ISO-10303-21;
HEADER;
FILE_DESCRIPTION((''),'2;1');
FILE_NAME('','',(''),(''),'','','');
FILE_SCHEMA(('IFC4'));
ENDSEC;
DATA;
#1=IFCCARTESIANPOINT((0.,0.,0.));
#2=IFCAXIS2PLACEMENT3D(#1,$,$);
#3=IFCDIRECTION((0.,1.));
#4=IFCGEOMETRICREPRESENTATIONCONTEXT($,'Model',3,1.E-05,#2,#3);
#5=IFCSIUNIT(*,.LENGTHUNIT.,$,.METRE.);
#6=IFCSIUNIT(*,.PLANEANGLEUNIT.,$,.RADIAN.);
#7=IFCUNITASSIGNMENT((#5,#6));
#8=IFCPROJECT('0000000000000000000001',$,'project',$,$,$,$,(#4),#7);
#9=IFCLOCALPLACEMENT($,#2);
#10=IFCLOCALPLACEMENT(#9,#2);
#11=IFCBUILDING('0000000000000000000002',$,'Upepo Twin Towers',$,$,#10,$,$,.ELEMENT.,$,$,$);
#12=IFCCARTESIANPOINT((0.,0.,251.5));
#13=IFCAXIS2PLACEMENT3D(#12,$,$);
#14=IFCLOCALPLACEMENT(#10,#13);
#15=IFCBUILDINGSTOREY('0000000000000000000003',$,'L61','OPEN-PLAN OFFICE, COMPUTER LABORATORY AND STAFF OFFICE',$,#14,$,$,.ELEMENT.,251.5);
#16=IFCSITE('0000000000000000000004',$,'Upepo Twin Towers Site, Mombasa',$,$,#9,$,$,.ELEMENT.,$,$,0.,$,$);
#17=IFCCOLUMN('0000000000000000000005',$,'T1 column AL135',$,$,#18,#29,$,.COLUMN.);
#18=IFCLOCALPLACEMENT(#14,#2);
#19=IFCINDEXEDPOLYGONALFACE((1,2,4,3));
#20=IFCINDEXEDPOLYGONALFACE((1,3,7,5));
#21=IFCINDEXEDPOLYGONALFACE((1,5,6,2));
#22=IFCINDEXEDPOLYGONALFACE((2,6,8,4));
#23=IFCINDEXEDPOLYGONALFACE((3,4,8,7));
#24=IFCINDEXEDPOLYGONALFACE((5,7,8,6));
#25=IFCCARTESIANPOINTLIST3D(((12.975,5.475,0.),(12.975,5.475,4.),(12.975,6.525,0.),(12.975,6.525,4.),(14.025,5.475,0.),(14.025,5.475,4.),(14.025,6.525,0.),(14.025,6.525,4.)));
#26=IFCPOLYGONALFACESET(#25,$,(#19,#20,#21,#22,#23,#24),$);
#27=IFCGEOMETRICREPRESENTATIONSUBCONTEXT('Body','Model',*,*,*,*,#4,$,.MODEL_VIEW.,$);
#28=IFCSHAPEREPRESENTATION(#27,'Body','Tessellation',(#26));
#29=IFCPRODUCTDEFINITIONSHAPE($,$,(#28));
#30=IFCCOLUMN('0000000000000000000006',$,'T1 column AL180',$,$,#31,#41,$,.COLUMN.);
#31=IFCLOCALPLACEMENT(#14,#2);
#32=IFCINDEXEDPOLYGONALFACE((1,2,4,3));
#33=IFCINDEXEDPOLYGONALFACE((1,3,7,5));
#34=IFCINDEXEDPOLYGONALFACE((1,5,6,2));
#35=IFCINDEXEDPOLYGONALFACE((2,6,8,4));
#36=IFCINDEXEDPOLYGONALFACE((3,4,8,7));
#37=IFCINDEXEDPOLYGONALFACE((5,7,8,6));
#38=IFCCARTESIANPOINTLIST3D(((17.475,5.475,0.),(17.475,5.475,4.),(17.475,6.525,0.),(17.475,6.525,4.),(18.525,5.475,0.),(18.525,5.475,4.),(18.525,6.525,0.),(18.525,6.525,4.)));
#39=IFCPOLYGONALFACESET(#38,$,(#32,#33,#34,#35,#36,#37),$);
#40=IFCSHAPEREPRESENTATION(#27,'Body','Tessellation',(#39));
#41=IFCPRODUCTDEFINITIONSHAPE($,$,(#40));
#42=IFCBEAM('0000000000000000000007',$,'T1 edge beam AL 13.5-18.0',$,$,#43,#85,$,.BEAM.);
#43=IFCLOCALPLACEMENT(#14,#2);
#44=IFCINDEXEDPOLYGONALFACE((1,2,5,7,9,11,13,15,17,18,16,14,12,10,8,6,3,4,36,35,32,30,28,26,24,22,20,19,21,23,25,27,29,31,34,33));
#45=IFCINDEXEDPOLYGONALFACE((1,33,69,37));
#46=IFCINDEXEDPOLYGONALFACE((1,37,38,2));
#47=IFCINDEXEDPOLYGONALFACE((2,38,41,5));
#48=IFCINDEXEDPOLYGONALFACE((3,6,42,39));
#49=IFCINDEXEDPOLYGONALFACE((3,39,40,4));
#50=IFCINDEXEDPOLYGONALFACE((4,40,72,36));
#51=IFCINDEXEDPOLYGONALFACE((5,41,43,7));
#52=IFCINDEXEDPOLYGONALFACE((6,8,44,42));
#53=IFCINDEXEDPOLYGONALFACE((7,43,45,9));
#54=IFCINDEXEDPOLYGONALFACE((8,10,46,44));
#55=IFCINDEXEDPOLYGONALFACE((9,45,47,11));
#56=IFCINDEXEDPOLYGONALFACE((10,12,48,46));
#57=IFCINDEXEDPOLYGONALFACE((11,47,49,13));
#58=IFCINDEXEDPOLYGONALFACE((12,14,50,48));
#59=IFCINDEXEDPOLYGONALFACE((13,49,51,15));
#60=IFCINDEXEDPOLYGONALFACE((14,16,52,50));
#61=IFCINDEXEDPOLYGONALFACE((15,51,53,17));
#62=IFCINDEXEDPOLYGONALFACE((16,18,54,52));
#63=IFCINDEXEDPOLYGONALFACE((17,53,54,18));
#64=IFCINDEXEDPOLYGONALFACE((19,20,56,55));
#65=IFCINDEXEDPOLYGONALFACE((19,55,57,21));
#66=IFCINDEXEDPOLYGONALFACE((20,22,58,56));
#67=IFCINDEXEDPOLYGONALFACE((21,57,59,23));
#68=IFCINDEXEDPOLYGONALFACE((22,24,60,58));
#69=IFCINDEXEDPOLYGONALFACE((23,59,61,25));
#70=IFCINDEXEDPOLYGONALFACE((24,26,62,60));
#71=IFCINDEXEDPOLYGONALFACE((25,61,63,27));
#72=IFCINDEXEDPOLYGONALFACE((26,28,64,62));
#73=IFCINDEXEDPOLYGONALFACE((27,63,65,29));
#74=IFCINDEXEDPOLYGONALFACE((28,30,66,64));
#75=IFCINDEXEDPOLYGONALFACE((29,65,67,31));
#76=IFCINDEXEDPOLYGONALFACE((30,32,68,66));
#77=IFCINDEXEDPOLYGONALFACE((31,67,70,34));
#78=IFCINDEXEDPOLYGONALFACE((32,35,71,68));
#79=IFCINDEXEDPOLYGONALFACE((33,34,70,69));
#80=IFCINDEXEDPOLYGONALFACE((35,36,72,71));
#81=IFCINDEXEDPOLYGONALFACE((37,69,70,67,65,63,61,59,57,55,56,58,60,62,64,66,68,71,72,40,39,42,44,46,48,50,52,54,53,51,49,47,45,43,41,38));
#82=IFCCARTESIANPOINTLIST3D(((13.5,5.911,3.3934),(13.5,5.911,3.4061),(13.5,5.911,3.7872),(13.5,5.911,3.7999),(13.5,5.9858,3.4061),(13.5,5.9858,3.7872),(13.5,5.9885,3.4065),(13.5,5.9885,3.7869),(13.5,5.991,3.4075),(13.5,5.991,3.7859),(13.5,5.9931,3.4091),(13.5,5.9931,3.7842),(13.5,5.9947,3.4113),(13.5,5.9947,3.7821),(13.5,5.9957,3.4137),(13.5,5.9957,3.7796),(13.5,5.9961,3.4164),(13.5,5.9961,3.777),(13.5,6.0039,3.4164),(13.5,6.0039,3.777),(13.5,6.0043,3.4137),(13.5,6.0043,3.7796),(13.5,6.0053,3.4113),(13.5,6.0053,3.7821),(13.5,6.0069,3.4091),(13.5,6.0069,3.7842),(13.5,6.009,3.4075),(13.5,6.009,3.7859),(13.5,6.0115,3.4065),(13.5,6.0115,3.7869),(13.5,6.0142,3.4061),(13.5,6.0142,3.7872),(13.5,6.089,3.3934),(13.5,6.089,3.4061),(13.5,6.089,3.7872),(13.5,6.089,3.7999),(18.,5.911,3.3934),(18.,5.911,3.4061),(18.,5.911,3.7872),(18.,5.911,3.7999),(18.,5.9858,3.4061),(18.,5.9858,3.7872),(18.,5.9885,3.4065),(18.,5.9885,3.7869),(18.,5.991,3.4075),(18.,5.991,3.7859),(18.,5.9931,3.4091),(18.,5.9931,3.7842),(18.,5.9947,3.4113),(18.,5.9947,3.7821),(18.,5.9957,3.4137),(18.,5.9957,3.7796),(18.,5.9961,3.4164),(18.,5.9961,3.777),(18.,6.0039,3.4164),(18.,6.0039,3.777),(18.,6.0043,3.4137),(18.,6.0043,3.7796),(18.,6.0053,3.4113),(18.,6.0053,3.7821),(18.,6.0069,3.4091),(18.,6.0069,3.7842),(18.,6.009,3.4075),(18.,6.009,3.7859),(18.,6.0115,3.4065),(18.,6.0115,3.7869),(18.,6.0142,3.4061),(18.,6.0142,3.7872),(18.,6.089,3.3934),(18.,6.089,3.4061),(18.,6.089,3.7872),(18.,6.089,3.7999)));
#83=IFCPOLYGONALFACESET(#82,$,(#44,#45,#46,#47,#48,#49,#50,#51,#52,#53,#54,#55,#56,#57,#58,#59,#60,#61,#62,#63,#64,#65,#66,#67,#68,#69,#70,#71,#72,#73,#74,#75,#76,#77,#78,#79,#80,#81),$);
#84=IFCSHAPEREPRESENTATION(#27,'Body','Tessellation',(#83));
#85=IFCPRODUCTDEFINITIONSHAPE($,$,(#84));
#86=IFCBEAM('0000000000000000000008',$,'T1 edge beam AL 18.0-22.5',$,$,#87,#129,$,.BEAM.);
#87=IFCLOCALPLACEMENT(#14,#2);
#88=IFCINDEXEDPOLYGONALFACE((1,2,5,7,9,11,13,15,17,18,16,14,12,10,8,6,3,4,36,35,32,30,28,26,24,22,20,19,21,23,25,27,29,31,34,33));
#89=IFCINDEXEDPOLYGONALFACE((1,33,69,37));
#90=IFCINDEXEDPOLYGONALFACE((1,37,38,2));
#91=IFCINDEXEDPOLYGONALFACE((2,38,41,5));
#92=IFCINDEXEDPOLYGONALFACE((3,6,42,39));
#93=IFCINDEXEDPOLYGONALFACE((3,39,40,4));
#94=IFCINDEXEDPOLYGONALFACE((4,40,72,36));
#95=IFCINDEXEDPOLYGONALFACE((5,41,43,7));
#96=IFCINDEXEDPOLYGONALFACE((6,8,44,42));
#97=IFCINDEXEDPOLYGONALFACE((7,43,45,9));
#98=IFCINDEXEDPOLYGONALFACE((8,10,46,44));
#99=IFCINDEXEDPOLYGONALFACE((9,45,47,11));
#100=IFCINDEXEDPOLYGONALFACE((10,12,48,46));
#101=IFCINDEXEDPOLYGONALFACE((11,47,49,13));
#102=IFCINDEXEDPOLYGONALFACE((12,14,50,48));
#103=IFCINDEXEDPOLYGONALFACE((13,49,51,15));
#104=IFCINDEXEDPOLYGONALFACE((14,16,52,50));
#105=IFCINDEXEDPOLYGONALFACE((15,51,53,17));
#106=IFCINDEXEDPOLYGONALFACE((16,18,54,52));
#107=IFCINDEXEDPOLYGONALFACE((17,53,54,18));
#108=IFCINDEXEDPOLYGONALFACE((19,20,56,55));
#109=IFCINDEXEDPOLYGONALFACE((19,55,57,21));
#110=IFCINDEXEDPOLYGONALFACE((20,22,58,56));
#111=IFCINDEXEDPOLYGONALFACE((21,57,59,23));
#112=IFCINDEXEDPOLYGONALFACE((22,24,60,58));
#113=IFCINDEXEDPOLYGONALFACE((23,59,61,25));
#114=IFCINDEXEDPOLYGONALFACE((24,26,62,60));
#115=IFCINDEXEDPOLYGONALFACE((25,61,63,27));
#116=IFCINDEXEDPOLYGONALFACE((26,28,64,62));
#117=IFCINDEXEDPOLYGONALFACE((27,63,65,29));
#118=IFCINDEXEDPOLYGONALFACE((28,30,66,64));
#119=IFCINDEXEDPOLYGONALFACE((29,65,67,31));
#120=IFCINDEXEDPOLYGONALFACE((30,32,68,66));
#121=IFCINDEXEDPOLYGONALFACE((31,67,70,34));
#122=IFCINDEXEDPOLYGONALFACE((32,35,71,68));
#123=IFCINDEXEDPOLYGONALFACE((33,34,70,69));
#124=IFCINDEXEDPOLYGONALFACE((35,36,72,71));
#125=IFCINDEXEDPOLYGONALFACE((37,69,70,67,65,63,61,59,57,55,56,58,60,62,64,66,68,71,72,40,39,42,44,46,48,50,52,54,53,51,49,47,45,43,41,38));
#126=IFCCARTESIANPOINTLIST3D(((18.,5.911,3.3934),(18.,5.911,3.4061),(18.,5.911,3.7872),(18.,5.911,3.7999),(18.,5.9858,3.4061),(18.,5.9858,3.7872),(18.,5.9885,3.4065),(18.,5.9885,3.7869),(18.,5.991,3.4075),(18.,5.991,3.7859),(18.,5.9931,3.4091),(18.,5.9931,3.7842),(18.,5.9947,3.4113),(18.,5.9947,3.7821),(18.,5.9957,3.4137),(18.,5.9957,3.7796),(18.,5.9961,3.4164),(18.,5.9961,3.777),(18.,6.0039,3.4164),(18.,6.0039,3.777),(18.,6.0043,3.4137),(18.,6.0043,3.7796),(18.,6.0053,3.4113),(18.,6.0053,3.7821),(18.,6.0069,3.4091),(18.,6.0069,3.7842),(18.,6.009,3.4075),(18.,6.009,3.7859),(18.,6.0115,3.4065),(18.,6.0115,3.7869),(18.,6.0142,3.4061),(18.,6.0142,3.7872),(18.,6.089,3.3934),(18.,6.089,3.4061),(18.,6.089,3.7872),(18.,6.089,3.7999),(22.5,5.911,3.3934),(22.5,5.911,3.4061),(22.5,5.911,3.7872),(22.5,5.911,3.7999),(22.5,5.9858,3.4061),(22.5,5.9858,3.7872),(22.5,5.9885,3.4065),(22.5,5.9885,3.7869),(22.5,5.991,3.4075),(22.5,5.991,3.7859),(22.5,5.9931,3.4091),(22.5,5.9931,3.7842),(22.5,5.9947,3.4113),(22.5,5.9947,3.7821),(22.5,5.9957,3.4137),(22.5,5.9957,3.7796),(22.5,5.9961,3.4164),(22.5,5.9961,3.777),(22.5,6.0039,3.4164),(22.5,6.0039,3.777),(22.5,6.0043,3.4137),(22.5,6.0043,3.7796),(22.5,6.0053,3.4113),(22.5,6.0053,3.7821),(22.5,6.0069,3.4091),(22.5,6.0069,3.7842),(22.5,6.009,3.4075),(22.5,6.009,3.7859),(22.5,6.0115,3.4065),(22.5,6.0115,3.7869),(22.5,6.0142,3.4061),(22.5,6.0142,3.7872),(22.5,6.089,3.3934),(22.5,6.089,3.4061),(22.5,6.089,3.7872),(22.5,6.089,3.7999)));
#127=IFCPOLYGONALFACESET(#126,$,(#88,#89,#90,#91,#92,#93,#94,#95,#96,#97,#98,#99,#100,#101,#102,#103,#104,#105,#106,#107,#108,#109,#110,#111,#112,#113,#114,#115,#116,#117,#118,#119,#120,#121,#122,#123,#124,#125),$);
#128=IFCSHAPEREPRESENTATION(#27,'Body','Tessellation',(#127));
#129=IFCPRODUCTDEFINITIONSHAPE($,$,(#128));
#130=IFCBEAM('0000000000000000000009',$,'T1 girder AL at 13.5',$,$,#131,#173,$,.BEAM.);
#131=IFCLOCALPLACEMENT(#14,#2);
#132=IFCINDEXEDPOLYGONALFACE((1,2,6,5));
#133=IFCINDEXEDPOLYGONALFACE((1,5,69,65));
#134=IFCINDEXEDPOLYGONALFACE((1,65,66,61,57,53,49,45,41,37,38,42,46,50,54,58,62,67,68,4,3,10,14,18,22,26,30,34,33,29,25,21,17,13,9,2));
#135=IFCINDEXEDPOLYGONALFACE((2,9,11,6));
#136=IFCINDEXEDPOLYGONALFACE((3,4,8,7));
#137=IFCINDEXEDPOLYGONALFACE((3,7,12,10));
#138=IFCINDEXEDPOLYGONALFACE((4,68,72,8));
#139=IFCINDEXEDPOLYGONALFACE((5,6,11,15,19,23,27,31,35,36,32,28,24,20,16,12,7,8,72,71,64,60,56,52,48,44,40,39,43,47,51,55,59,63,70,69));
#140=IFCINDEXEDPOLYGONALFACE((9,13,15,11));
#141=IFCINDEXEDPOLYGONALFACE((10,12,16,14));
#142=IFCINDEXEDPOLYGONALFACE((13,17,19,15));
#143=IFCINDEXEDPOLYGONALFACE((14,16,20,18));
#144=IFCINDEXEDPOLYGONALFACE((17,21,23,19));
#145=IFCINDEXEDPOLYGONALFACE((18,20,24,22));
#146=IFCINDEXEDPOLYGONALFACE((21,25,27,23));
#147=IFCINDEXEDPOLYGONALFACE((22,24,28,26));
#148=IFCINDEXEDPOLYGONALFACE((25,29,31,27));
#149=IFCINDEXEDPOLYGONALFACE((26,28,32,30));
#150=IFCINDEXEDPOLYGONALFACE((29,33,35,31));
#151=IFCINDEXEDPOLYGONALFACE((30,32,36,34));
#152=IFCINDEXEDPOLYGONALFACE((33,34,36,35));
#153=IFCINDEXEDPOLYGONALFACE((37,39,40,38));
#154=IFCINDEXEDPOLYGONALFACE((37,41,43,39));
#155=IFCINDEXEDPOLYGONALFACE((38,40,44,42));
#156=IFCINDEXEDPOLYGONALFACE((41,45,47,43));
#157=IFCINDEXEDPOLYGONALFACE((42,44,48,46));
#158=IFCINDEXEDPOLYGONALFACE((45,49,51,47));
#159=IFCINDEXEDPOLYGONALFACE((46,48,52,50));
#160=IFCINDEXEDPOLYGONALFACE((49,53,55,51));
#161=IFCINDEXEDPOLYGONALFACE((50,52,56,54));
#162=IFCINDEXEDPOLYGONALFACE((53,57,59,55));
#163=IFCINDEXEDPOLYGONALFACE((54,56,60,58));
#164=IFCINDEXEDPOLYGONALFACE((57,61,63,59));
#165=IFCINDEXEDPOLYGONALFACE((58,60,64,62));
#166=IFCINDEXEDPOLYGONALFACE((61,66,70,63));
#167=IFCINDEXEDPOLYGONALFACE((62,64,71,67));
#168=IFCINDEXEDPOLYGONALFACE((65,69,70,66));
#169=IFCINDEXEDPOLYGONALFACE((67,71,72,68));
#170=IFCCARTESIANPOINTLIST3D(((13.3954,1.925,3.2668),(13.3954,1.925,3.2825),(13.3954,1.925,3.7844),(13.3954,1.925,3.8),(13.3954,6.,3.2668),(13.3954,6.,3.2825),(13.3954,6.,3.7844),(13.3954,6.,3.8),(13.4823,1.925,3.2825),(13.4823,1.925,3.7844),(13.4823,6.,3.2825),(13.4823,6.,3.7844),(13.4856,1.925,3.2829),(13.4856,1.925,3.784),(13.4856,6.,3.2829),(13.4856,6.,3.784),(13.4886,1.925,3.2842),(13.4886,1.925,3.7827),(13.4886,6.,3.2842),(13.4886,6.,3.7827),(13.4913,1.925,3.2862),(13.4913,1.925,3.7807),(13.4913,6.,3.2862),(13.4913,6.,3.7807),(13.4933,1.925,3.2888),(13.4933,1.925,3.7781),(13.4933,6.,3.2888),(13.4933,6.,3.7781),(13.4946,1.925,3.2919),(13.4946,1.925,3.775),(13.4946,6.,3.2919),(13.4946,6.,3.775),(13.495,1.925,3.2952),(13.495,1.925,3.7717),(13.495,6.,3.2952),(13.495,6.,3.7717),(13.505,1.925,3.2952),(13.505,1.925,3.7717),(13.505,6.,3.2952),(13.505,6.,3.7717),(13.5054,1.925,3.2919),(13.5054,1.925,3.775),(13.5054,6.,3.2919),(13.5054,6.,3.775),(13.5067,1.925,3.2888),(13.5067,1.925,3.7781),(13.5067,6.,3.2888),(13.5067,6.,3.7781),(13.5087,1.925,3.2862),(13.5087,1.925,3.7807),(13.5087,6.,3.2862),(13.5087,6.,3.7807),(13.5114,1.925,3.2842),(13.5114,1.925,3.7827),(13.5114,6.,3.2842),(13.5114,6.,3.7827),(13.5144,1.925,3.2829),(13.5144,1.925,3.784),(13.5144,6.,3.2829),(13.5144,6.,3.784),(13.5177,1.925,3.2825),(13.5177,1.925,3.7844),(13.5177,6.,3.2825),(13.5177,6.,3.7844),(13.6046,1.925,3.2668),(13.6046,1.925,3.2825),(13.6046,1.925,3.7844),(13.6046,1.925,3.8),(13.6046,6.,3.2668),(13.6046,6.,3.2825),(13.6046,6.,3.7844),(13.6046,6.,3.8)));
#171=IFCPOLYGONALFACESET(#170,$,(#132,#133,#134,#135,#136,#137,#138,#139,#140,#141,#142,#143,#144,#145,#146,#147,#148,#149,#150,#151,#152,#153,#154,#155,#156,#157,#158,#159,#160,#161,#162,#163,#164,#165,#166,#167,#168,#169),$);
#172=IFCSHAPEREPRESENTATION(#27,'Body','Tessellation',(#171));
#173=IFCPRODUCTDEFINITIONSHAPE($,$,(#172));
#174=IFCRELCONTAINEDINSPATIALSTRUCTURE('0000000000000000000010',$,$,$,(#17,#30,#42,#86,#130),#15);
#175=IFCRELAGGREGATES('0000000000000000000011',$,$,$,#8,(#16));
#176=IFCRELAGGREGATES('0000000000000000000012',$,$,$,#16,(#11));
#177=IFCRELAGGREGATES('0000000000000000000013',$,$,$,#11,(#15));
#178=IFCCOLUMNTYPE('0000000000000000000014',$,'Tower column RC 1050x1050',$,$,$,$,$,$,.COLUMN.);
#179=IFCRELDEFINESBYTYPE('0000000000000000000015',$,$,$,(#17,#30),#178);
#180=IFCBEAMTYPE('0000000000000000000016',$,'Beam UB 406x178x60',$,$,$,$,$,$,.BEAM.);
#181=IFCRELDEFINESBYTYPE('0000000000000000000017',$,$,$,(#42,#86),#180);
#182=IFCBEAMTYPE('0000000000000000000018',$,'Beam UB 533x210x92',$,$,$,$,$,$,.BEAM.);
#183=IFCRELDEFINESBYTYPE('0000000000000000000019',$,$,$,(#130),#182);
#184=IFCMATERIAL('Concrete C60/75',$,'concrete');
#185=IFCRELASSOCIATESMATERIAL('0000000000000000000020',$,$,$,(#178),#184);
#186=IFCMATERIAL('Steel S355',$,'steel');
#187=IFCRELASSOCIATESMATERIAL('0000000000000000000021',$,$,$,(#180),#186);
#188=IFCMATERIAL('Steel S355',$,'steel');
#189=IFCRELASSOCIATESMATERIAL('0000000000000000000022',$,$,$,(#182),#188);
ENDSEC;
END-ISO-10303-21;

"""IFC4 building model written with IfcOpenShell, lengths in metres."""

from ifc_helpers import new_model, si_unit, direction, frame, origin, origin_2d, place, context, subcontext, project, spatial, rectangle, i_section, extrude, material, material_profile, profile_set, type_object, element, save


model = new_model("IFC4")

# Units and contexts
model_context = context("Model", 3, precision=1e-05, world=origin(), true_north=direction((0.0, 1.0)))
body_context = subcontext(model_context, "Body", "Model", "MODEL_VIEW")
ifc_project = project(units=[si_unit("LENGTHUNIT", "METRE"), si_unit("PLANEANGLEUNIT", "RADIAN")], contexts=[model_context])

# Site, building, storey
site_placement = place(None, origin())
site = spatial("IfcSite", under=ifc_project, at=site_placement, Name="Upepo Twin Towers Site, Mombasa", CompositionType="ELEMENT", RefElevation=0.0)
building_placement = place(site_placement, origin())
building = spatial("IfcBuilding", under=site, at=building_placement, Name="Upepo Twin Towers", CompositionType="ELEMENT")
storey_placement = place(building_placement, frame((0.0, 0.0, 251.5)))
storey = spatial("IfcBuildingStorey", under=building, at=storey_placement, Name="L61", Description="OPEN-PLAN OFFICE, COMPUTER LABORATORY AND STAFF OFFICE", CompositionType="ELEMENT", Elevation=251.5)

# Columns
ifc_material_1 = material(Name="Concrete C60/75", Category="concrete")
ifc_material_profile_1 = material_profile(ifc_material_1, rectangle(XDim=1.05, YDim=1.05, at=origin_2d()), Name="RC 1050x1050")
ifc_profile_set_1 = profile_set([ifc_material_profile_1], Name="Concrete C60/75")
column_type = type_object("IfcColumnType", Name="Tower column RC 1050x1050", PredefinedType="COLUMN", material=ifc_profile_set_1)
for number, where, z_axis, x_axis, name in (
    (1, (13.5, 6.0, 0.0), (0.0, 0.0, 1.0), (1.0, 0.0, 0.0), "T1 column AL135"),
    (2, (18.0, 6.0, 0.0), (0.0, 0.0, 1.0), (1.0, 0.0, 0.0), "T1 column AL180"),
):
    element("IfcColumn", number, at=place(storey_placement, frame(where, z_axis=z_axis, x_axis=x_axis)), inside=storey, type_object=column_type, Name=name, PredefinedType="COLUMN", context=body_context, shape_type="SweptSolid", body=[
        extrude(rectangle(XDim=1.05, YDim=1.05, at=origin_2d()), origin(), (0.0, 0.0, 1.0), 4.0),
    ])

# Beams
ifc_material_2 = material(Name="Steel S355", Category="steel")
ifc_material_profile_2 = material_profile(ifc_material_2, i_section(OverallWidth=0.178, OverallDepth=0.4065, WebThickness=0.0078, FlangeThickness=0.0127, FilletRadius=0.0103, at=origin_2d()), Name="UB 406x178x60")
ifc_profile_set_2 = profile_set([ifc_material_profile_2], Name="Steel S355")
beam_type_1 = type_object("IfcBeamType", Name="Beam UB 406x178x60", PredefinedType="BEAM", material=ifc_profile_set_2)
for number, where, z_axis, x_axis, name in (
    (3, (13.5, 6.0, 3.5967), (1.0, 0.0, 0.0), (0.0, 1.0, 0.0), "T1 edge beam AL 13.5-18.0"),
    (4, (18.0, 6.0, 3.5967), (1.0, 0.0, 0.0), (0.0, 1.0, 0.0), "T1 edge beam AL 18.0-22.5"),
):
    element("IfcBeam", number, at=place(storey_placement, frame(where, z_axis=z_axis, x_axis=x_axis)), inside=storey, type_object=beam_type_1, Name=name, PredefinedType="BEAM", context=body_context, shape_type="SweptSolid", body=[
        extrude(i_section(OverallWidth=0.178, OverallDepth=0.4065, WebThickness=0.0078, FlangeThickness=0.0127, FilletRadius=0.0103, at=origin_2d()), origin(), (0.0, 0.0, 1.0), 4.5),
    ])
ifc_material_3 = material(Name="Steel S355", Category="steel")
ifc_material_profile_3 = material_profile(ifc_material_3, i_section(OverallWidth=0.2092, OverallDepth=0.5332, WebThickness=0.01, FlangeThickness=0.0156, FilletRadius=0.0127, at=origin_2d()), Name="UB 533x210x92")
ifc_profile_set_3 = profile_set([ifc_material_profile_3], Name="Steel S355")
beam_type_2 = type_object("IfcBeamType", Name="Beam UB 533x210x92", PredefinedType="BEAM", material=ifc_profile_set_3)
for number, where, z_axis, x_axis, name in (
    (5, (13.5, 6.0, 3.5334), (0.0, -1.0, 0.0), (1.0, 0.0, 0.0), "T1 girder AL at 13.5"),
):
    element("IfcBeam", number, at=place(storey_placement, frame(where, z_axis=z_axis, x_axis=x_axis)), inside=storey, type_object=beam_type_2, Name=name, PredefinedType="BEAM", context=body_context, shape_type="SweptSolid", body=[
        extrude(i_section(OverallWidth=0.2092, OverallDepth=0.5332, WebThickness=0.01, FlangeThickness=0.0156, FilletRadius=0.0127, at=origin_2d()), origin(), (0.0, 0.0, 1.0), 4.075),
    ])

save(model, "model.ifc")
